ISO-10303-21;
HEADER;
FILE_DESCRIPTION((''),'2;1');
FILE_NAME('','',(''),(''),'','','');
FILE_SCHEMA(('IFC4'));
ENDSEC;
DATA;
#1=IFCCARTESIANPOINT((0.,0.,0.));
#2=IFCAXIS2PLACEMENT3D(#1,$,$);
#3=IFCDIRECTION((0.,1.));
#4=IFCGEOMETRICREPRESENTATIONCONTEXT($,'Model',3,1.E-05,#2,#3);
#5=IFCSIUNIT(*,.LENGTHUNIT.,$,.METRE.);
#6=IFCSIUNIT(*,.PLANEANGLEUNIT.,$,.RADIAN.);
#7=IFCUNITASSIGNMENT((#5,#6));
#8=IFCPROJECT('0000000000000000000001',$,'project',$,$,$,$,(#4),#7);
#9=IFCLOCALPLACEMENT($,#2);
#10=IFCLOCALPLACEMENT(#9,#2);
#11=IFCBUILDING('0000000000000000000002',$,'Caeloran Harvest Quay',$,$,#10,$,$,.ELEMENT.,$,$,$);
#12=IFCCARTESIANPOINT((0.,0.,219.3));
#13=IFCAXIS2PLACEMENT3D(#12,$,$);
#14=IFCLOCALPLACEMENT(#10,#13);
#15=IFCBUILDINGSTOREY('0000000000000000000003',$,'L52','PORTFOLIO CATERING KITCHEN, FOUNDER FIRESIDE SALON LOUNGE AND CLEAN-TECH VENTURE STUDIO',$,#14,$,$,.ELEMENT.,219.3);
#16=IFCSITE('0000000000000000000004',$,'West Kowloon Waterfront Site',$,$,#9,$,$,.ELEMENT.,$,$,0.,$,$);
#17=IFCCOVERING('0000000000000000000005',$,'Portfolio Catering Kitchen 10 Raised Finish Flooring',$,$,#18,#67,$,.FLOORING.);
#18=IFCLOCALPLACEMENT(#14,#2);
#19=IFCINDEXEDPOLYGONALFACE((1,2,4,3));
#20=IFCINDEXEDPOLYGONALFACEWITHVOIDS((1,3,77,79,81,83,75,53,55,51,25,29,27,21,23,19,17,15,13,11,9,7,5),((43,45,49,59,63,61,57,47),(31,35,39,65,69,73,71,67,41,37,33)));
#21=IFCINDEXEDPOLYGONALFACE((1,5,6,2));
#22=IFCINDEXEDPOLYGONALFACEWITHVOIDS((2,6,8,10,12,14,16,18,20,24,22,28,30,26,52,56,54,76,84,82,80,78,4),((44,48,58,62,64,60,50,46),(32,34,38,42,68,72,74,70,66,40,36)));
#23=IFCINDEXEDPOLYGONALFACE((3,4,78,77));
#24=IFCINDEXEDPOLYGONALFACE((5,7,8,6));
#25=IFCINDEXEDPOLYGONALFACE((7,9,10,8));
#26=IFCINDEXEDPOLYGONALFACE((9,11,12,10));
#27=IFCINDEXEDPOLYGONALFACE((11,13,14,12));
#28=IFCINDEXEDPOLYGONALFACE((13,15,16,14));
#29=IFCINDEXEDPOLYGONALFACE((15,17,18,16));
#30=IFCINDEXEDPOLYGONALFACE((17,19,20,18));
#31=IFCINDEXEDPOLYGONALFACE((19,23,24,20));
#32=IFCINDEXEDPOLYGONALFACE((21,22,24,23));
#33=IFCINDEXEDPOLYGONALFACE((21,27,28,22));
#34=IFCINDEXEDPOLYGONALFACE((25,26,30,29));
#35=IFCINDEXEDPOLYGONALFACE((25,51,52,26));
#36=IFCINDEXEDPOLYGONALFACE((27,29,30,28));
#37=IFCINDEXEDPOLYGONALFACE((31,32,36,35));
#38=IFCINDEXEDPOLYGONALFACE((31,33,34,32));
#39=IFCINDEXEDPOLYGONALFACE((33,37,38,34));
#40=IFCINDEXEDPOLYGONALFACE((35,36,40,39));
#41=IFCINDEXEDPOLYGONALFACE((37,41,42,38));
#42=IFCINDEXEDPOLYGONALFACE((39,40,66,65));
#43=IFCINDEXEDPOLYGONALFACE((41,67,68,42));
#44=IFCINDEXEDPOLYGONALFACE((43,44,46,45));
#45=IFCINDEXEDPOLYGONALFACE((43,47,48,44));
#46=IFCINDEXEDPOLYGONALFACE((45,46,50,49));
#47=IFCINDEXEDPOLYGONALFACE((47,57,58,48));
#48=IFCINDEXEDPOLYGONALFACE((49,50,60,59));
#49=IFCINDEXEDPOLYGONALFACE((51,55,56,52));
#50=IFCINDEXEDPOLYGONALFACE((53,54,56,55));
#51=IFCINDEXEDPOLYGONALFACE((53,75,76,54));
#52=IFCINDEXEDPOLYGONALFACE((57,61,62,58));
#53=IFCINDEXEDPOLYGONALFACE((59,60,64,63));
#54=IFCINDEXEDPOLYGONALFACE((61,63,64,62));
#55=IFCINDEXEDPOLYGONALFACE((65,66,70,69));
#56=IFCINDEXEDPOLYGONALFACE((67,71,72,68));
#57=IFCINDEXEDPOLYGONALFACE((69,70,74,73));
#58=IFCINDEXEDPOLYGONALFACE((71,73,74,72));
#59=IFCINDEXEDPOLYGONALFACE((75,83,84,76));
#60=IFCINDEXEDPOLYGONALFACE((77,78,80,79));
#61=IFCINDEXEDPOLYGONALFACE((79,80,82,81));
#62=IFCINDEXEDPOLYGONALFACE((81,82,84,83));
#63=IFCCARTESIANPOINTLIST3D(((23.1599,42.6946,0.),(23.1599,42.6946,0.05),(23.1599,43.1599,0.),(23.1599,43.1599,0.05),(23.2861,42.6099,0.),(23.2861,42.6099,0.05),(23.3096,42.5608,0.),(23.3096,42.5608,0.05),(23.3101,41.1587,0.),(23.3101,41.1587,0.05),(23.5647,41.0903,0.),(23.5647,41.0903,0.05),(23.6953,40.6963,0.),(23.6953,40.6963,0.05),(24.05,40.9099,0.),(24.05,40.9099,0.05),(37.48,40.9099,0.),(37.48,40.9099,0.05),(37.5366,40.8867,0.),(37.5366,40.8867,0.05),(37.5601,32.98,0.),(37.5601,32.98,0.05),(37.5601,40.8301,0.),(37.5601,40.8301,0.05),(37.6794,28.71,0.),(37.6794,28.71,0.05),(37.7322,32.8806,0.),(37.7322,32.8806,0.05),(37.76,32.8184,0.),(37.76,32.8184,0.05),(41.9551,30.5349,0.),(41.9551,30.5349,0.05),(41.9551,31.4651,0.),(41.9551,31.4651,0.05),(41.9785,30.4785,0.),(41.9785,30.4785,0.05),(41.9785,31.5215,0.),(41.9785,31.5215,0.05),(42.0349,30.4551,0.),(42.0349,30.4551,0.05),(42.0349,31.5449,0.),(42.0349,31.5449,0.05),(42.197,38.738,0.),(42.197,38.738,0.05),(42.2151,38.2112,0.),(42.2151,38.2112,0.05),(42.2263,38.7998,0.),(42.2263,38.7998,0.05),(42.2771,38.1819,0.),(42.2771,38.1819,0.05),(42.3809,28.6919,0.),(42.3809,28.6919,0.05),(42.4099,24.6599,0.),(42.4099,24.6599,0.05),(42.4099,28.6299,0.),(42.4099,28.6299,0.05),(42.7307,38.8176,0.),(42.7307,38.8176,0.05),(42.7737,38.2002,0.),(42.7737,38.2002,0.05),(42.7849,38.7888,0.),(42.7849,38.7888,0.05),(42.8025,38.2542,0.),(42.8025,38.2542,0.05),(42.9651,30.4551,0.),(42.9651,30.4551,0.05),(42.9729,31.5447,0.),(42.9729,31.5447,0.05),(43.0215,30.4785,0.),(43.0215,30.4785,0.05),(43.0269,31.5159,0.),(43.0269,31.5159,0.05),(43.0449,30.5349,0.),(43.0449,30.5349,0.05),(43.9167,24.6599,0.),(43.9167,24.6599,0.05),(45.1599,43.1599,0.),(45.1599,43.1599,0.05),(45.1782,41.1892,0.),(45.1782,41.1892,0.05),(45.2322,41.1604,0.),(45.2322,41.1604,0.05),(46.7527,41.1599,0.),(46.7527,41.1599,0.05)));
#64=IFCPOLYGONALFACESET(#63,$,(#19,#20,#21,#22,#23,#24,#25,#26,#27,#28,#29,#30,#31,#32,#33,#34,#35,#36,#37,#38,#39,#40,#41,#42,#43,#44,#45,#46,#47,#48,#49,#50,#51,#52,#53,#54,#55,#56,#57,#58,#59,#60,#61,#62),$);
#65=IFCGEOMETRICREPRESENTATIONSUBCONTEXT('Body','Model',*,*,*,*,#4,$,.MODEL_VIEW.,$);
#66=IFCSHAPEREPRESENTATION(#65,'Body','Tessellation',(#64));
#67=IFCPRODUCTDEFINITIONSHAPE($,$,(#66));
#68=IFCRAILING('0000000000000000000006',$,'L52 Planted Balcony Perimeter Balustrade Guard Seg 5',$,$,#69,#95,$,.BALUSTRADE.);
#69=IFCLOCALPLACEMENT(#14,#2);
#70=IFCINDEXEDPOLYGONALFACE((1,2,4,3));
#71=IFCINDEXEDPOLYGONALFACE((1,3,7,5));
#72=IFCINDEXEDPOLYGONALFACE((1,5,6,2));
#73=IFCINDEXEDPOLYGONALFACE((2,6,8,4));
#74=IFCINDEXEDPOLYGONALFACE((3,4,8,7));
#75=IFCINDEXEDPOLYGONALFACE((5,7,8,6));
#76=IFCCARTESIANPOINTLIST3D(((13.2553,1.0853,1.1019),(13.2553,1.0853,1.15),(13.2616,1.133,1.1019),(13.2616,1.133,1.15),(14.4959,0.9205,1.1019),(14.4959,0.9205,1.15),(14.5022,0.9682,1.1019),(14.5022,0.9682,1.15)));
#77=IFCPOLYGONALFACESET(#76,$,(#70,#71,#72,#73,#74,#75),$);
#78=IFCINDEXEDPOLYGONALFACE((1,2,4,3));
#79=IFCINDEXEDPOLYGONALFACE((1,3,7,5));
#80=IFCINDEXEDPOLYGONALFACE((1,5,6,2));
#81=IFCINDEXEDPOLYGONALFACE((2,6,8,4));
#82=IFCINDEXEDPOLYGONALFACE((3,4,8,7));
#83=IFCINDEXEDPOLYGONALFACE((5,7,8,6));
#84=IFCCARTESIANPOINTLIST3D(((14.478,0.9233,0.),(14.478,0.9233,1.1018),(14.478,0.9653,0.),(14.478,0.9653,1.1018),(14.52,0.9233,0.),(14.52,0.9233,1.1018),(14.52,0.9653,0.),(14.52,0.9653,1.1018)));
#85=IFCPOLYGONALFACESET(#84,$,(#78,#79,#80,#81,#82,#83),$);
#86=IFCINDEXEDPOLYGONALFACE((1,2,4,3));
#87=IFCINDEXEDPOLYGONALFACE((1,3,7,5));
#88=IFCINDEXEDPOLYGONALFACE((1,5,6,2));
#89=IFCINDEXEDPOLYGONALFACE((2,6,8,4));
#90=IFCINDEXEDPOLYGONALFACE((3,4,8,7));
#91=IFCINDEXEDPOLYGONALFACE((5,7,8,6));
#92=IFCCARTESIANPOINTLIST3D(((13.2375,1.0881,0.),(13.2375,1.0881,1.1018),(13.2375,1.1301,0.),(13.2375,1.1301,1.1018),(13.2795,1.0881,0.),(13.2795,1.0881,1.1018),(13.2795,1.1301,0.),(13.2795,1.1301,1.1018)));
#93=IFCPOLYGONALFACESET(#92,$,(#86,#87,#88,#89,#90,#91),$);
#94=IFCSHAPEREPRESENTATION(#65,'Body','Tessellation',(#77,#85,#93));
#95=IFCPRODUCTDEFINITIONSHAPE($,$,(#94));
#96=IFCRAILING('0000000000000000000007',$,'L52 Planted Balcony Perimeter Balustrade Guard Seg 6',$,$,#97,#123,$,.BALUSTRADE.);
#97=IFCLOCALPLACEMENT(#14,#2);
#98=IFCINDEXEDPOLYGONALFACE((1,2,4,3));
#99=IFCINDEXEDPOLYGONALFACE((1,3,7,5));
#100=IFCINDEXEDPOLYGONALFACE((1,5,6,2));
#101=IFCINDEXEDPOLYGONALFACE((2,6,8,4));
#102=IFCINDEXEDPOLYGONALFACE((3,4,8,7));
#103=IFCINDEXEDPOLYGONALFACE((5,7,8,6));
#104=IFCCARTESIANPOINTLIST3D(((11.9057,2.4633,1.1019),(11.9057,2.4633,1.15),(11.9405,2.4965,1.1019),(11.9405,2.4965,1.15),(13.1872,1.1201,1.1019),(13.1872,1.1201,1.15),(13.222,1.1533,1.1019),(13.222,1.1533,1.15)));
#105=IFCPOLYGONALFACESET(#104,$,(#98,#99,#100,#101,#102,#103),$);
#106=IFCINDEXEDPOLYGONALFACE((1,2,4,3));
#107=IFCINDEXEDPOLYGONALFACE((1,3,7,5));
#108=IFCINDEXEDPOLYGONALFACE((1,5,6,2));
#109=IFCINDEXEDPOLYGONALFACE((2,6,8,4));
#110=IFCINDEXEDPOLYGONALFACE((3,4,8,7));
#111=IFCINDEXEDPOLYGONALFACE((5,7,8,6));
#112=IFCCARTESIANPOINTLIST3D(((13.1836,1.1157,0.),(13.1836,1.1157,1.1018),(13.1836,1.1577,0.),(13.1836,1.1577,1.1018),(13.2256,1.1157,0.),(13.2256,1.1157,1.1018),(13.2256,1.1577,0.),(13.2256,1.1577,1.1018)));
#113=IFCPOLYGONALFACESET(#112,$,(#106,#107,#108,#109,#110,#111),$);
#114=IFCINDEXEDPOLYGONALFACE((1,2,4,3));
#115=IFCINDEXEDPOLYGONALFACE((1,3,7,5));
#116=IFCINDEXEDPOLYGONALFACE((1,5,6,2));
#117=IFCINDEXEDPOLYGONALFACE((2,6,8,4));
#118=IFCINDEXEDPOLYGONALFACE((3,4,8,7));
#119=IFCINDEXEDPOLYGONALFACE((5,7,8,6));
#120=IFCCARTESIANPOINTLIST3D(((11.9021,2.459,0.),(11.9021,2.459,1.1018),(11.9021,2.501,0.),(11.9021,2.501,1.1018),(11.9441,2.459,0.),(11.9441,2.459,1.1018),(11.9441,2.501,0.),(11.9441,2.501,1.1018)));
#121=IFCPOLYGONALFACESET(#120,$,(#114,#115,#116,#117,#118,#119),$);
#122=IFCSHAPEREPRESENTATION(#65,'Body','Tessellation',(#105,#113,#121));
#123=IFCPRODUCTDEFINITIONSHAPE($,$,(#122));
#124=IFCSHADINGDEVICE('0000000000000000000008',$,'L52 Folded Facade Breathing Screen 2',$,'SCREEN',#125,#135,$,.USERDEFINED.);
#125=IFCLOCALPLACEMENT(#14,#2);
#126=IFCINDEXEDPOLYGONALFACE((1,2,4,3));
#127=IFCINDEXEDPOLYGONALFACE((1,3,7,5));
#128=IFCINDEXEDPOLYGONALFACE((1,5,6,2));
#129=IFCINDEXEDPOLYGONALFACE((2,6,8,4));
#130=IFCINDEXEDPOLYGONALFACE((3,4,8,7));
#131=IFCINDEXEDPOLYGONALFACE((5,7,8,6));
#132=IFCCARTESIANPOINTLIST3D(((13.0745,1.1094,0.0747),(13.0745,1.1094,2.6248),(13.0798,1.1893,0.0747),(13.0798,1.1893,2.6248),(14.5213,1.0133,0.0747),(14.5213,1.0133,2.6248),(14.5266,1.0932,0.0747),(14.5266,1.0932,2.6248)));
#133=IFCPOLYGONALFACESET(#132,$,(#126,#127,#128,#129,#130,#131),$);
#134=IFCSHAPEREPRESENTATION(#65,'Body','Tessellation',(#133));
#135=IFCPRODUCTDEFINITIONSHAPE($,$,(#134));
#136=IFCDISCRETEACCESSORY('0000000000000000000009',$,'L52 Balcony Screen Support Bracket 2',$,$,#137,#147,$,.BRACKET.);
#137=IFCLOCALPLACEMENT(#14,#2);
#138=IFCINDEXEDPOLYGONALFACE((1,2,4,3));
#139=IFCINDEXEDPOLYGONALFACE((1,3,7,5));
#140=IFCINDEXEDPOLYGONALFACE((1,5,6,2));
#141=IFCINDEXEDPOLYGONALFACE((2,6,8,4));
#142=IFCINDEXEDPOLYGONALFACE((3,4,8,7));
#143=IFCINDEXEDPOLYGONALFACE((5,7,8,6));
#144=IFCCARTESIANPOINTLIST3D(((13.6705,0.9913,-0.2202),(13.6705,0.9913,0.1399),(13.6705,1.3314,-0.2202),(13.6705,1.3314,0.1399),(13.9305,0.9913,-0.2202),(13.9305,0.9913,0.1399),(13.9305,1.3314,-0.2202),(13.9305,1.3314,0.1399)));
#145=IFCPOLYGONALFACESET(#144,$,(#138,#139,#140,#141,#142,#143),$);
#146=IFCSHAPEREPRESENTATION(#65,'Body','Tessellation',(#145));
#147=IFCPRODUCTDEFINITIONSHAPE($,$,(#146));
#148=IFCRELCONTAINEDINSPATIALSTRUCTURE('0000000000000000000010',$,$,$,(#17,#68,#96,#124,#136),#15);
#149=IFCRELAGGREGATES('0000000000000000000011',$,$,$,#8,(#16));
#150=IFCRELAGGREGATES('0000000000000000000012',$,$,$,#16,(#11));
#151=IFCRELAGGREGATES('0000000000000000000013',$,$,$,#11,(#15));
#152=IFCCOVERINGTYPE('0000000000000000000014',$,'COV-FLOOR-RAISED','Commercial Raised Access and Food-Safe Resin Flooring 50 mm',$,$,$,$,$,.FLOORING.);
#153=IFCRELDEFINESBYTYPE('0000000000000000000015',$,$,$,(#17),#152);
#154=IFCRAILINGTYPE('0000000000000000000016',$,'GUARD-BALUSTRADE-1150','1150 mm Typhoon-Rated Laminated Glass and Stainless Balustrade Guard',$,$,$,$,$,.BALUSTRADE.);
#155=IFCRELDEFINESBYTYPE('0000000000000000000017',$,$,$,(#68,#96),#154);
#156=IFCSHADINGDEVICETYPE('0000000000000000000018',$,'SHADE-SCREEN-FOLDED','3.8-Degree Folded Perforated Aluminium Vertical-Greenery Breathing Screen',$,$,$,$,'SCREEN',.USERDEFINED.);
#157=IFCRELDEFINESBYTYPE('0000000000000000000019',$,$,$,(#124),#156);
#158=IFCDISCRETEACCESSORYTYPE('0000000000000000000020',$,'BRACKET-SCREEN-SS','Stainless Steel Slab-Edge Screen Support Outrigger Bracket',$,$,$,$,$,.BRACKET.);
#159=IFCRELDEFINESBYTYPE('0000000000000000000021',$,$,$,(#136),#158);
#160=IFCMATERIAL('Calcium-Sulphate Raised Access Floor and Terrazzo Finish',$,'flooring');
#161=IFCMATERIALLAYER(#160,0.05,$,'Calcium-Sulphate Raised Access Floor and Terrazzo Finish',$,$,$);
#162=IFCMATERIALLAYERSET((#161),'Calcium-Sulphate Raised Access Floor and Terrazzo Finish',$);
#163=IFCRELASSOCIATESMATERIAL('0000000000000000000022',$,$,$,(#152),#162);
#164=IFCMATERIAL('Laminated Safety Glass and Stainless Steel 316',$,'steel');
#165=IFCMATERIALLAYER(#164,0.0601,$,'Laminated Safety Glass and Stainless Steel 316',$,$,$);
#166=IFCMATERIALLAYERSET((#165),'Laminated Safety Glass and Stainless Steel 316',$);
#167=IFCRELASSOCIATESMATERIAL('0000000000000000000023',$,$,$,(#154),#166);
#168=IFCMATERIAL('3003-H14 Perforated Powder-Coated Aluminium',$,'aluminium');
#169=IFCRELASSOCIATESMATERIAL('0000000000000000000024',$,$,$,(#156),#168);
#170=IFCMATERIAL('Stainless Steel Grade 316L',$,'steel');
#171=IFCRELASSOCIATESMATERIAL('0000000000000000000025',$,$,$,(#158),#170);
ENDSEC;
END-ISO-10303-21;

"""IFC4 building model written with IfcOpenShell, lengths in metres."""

from ifc_helpers import new_model, si_unit, direction, frame, origin, origin_2d, place, context, subcontext, project, spatial, polyline, rectangle, outline, extrude, material, layer, layer_set, type_object, element, save


model = new_model("IFC4")

# Units and contexts
model_context = context("Model", 3, precision=1e-05, world=origin(), true_north=direction((0.0, 1.0)))
body_context = subcontext(model_context, "Body", "Model", "MODEL_VIEW")
ifc_project = project(units=[si_unit("LENGTHUNIT", "METRE"), si_unit("PLANEANGLEUNIT", "RADIAN")], contexts=[model_context])

# Site, building, storey
site_placement = place(None, origin())
site = spatial("IfcSite", under=ifc_project, at=site_placement, Name="West Kowloon Waterfront Site", CompositionType="ELEMENT", RefElevation=0.0)
building_placement = place(site_placement, origin())
building = spatial("IfcBuilding", under=site, at=building_placement, Name="Caeloran Harvest Quay", CompositionType="ELEMENT")
storey_placement = place(building_placement, frame((0.0, 0.0, 219.3)))
storey = spatial("IfcBuildingStorey", under=building, at=storey_placement, Name="L52", Description="PORTFOLIO CATERING KITCHEN, FOUNDER FIRESIDE SALON LOUNGE AND CLEAN-TECH VENTURE STUDIO", CompositionType="ELEMENT", Elevation=219.3)

# Covering
ifc_material_1 = material(Name="Calcium-Sulphate Raised Access Floor and Terrazzo Finish", Category="flooring")
ifc_layer_1 = layer(ifc_material_1, 0.05, Name="Calcium-Sulphate Raised Access Floor and Terrazzo Finish")
ifc_layer_set_1 = layer_set([ifc_layer_1], Name="Calcium-Sulphate Raised Access Floor and Terrazzo Finish")
covering_type = type_object("IfcCoveringType", Name="COV-FLOOR-RAISED", Description="Commercial Raised Access and Food-Safe Resin Flooring 50 mm", PredefinedType="FLOORING", material=ifc_layer_set_1)
covering_placement = place(storey_placement, origin())
element("IfcCovering", 1, at=covering_placement, inside=storey, type_object=covering_type, Name="Portfolio Catering Kitchen 10 Raised Finish Flooring", PredefinedType="FLOORING", context=body_context, shape_type="SweptSolid", body=[
    extrude(outline(polyline([(45.1599, 43.1599), (45.1782, 41.1892), (45.2322, 41.1604), (46.7527, 41.1599), (43.9167, 24.6599), (42.4099, 24.6599), (42.4099, 28.6299), (42.3809, 28.6919), (37.6794, 28.71), (37.76, 32.8184), (37.7322, 32.8806), (37.5601, 32.98), (37.5601, 40.8301), (37.5366, 40.8867), (37.48, 40.9099), (24.05, 40.9099), (23.6953, 40.6963), (23.5647, 41.0903), (23.3101, 41.1587), (23.3096, 42.5608), (23.2861, 42.6099), (23.1599, 42.6946), (23.1599, 43.1599), (45.1599, 43.1599)]), holes=[polyline([(43.0449, 30.5349), (43.0269, 31.5159), (42.9729, 31.5447), (42.0349, 31.5449), (41.9785, 31.5215), (41.9551, 31.4651), (41.9551, 30.5349), (41.9785, 30.4785), (42.0349, 30.4551), (42.9651, 30.4551), (43.0215, 30.4785), (43.0449, 30.5349)]), polyline([(42.8025, 38.2542), (42.7849, 38.7888), (42.7307, 38.8176), (42.2263, 38.7998), (42.197, 38.738), (42.2151, 38.2112), (42.2771, 38.1819), (42.7737, 38.2002), (42.8025, 38.2542)])]), origin(), (0.0, 0.0, 1.0), 0.05),
])

# Railings
ifc_material_2 = material(Name="Laminated Safety Glass and Stainless Steel 316", Category="steel")
ifc_layer_2 = layer(ifc_material_2, 0.0601, Name="Laminated Safety Glass and Stainless Steel 316")
ifc_layer_set_2 = layer_set([ifc_layer_2], Name="Laminated Safety Glass and Stainless Steel 316")
railing_type = type_object("IfcRailingType", Name="GUARD-BALUSTRADE-1150", Description="1150 mm Typhoon-Rated Laminated Glass and Stainless Balustrade Guard", PredefinedType="BALUSTRADE", material=ifc_layer_set_2)
railing_1_placement = place(storey_placement, frame((14.499, 0.9443, 0.0)))
element("IfcRailing", 2, at=railing_1_placement, inside=storey, type_object=railing_type, Name="L52 Planted Balcony Perimeter Balustrade Guard Seg 5", PredefinedType="BALUSTRADE", context=body_context, shape_type="SweptSolid", body=[
    extrude(rectangle(XDim=0.0481, YDim=0.0481, at=origin_2d()), frame((0.0, 0.0, 1.126), z_axis=(-0.991291, 0.131691, 0.0), x_axis=(-0.131691, -0.991291, 0.0)), (0.0, 0.0, 1.0), 1.2515),
    extrude(rectangle(XDim=0.042, YDim=0.042, at=origin_2d()), origin(), (0.0, 0.0, 1.0), 1.1018),
    extrude(rectangle(XDim=0.042, YDim=0.042, at=origin_2d()), frame((-1.2405, 0.1648, 0.0)), (0.0, 0.0, 1.0), 1.1018),
])
railing_2_placement = place(storey_placement, frame((13.2046, 1.1367, 0.0)))
element("IfcRailing", 3, at=railing_2_placement, inside=storey, type_object=railing_type, Name="L52 Planted Balcony Perimeter Balustrade Guard Seg 6", PredefinedType="BALUSTRADE", context=body_context, shape_type="SweptSolid", body=[
    extrude(rectangle(XDim=0.0481, YDim=0.0481, at=origin_2d()), frame((0.0, 0.0, 1.126), z_axis=(-0.690276, 0.723547, 0.0), x_axis=(-0.723547, -0.690276, 0.0)), (0.0, 0.0, 1.0), 1.8564),
    extrude(rectangle(XDim=0.042, YDim=0.042, at=origin_2d()), origin(), (0.0, 0.0, 1.0), 1.1018),
    extrude(rectangle(XDim=0.042, YDim=0.042, at=origin_2d()), frame((-1.2815, 1.3433, 0.0)), (0.0, 0.0, 1.0), 1.1018),
])

# Shading device
ifc_material_3 = material(Name="3003-H14 Perforated Powder-Coated Aluminium", Category="aluminium")
shading_device_type = type_object("IfcShadingDeviceType", Name="SHADE-SCREEN-FOLDED", Description="3.8-Degree Folded Perforated Aluminium Vertical-Greenery Breathing Screen", ElementType="SCREEN", PredefinedType="USERDEFINED", material=ifc_material_3)
shading_device_placement = place(storey_placement, frame((13.8005, 1.1013, 0.0747), z_axis=(0.0, 0.0, 1.0), x_axis=(0.997801, -0.066274, 0.0)))
element("IfcShadingDevice", 4, at=shading_device_placement, inside=storey, type_object=shading_device_type, Name="L52 Folded Facade Breathing Screen 2", ObjectType="SCREEN", PredefinedType="USERDEFINED", context=body_context, shape_type="SweptSolid", body=[
    extrude(rectangle(XDim=1.45, YDim=0.0801, at=origin_2d()), origin(), (0.0, 0.0, 1.0), 2.55),
])

# Discrete accessory
ifc_material_4 = material(Name="Stainless Steel Grade 316L", Category="steel")
discrete_accessory_type = type_object("IfcDiscreteAccessoryType", Name="BRACKET-SCREEN-SS", Description="Stainless Steel Slab-Edge Screen Support Outrigger Bracket", PredefinedType="BRACKET", material=ifc_material_4)
discrete_accessory_placement = place(storey_placement, frame((13.8005, 1.1614, -0.2202), z_axis=(0.0, 0.0, 1.0), x_axis=(1.0, 0.0, 0.0)))
element("IfcDiscreteAccessory", 5, at=discrete_accessory_placement, inside=storey, type_object=discrete_accessory_type, Name="L52 Balcony Screen Support Bracket 2", PredefinedType="BRACKET", context=body_context, shape_type="SweptSolid", body=[
    extrude(rectangle(XDim=0.26, YDim=0.3401, at=origin_2d()), origin(), (0.0, 0.0, 1.0), 0.3601),
])

save(model, "model.ifc")
